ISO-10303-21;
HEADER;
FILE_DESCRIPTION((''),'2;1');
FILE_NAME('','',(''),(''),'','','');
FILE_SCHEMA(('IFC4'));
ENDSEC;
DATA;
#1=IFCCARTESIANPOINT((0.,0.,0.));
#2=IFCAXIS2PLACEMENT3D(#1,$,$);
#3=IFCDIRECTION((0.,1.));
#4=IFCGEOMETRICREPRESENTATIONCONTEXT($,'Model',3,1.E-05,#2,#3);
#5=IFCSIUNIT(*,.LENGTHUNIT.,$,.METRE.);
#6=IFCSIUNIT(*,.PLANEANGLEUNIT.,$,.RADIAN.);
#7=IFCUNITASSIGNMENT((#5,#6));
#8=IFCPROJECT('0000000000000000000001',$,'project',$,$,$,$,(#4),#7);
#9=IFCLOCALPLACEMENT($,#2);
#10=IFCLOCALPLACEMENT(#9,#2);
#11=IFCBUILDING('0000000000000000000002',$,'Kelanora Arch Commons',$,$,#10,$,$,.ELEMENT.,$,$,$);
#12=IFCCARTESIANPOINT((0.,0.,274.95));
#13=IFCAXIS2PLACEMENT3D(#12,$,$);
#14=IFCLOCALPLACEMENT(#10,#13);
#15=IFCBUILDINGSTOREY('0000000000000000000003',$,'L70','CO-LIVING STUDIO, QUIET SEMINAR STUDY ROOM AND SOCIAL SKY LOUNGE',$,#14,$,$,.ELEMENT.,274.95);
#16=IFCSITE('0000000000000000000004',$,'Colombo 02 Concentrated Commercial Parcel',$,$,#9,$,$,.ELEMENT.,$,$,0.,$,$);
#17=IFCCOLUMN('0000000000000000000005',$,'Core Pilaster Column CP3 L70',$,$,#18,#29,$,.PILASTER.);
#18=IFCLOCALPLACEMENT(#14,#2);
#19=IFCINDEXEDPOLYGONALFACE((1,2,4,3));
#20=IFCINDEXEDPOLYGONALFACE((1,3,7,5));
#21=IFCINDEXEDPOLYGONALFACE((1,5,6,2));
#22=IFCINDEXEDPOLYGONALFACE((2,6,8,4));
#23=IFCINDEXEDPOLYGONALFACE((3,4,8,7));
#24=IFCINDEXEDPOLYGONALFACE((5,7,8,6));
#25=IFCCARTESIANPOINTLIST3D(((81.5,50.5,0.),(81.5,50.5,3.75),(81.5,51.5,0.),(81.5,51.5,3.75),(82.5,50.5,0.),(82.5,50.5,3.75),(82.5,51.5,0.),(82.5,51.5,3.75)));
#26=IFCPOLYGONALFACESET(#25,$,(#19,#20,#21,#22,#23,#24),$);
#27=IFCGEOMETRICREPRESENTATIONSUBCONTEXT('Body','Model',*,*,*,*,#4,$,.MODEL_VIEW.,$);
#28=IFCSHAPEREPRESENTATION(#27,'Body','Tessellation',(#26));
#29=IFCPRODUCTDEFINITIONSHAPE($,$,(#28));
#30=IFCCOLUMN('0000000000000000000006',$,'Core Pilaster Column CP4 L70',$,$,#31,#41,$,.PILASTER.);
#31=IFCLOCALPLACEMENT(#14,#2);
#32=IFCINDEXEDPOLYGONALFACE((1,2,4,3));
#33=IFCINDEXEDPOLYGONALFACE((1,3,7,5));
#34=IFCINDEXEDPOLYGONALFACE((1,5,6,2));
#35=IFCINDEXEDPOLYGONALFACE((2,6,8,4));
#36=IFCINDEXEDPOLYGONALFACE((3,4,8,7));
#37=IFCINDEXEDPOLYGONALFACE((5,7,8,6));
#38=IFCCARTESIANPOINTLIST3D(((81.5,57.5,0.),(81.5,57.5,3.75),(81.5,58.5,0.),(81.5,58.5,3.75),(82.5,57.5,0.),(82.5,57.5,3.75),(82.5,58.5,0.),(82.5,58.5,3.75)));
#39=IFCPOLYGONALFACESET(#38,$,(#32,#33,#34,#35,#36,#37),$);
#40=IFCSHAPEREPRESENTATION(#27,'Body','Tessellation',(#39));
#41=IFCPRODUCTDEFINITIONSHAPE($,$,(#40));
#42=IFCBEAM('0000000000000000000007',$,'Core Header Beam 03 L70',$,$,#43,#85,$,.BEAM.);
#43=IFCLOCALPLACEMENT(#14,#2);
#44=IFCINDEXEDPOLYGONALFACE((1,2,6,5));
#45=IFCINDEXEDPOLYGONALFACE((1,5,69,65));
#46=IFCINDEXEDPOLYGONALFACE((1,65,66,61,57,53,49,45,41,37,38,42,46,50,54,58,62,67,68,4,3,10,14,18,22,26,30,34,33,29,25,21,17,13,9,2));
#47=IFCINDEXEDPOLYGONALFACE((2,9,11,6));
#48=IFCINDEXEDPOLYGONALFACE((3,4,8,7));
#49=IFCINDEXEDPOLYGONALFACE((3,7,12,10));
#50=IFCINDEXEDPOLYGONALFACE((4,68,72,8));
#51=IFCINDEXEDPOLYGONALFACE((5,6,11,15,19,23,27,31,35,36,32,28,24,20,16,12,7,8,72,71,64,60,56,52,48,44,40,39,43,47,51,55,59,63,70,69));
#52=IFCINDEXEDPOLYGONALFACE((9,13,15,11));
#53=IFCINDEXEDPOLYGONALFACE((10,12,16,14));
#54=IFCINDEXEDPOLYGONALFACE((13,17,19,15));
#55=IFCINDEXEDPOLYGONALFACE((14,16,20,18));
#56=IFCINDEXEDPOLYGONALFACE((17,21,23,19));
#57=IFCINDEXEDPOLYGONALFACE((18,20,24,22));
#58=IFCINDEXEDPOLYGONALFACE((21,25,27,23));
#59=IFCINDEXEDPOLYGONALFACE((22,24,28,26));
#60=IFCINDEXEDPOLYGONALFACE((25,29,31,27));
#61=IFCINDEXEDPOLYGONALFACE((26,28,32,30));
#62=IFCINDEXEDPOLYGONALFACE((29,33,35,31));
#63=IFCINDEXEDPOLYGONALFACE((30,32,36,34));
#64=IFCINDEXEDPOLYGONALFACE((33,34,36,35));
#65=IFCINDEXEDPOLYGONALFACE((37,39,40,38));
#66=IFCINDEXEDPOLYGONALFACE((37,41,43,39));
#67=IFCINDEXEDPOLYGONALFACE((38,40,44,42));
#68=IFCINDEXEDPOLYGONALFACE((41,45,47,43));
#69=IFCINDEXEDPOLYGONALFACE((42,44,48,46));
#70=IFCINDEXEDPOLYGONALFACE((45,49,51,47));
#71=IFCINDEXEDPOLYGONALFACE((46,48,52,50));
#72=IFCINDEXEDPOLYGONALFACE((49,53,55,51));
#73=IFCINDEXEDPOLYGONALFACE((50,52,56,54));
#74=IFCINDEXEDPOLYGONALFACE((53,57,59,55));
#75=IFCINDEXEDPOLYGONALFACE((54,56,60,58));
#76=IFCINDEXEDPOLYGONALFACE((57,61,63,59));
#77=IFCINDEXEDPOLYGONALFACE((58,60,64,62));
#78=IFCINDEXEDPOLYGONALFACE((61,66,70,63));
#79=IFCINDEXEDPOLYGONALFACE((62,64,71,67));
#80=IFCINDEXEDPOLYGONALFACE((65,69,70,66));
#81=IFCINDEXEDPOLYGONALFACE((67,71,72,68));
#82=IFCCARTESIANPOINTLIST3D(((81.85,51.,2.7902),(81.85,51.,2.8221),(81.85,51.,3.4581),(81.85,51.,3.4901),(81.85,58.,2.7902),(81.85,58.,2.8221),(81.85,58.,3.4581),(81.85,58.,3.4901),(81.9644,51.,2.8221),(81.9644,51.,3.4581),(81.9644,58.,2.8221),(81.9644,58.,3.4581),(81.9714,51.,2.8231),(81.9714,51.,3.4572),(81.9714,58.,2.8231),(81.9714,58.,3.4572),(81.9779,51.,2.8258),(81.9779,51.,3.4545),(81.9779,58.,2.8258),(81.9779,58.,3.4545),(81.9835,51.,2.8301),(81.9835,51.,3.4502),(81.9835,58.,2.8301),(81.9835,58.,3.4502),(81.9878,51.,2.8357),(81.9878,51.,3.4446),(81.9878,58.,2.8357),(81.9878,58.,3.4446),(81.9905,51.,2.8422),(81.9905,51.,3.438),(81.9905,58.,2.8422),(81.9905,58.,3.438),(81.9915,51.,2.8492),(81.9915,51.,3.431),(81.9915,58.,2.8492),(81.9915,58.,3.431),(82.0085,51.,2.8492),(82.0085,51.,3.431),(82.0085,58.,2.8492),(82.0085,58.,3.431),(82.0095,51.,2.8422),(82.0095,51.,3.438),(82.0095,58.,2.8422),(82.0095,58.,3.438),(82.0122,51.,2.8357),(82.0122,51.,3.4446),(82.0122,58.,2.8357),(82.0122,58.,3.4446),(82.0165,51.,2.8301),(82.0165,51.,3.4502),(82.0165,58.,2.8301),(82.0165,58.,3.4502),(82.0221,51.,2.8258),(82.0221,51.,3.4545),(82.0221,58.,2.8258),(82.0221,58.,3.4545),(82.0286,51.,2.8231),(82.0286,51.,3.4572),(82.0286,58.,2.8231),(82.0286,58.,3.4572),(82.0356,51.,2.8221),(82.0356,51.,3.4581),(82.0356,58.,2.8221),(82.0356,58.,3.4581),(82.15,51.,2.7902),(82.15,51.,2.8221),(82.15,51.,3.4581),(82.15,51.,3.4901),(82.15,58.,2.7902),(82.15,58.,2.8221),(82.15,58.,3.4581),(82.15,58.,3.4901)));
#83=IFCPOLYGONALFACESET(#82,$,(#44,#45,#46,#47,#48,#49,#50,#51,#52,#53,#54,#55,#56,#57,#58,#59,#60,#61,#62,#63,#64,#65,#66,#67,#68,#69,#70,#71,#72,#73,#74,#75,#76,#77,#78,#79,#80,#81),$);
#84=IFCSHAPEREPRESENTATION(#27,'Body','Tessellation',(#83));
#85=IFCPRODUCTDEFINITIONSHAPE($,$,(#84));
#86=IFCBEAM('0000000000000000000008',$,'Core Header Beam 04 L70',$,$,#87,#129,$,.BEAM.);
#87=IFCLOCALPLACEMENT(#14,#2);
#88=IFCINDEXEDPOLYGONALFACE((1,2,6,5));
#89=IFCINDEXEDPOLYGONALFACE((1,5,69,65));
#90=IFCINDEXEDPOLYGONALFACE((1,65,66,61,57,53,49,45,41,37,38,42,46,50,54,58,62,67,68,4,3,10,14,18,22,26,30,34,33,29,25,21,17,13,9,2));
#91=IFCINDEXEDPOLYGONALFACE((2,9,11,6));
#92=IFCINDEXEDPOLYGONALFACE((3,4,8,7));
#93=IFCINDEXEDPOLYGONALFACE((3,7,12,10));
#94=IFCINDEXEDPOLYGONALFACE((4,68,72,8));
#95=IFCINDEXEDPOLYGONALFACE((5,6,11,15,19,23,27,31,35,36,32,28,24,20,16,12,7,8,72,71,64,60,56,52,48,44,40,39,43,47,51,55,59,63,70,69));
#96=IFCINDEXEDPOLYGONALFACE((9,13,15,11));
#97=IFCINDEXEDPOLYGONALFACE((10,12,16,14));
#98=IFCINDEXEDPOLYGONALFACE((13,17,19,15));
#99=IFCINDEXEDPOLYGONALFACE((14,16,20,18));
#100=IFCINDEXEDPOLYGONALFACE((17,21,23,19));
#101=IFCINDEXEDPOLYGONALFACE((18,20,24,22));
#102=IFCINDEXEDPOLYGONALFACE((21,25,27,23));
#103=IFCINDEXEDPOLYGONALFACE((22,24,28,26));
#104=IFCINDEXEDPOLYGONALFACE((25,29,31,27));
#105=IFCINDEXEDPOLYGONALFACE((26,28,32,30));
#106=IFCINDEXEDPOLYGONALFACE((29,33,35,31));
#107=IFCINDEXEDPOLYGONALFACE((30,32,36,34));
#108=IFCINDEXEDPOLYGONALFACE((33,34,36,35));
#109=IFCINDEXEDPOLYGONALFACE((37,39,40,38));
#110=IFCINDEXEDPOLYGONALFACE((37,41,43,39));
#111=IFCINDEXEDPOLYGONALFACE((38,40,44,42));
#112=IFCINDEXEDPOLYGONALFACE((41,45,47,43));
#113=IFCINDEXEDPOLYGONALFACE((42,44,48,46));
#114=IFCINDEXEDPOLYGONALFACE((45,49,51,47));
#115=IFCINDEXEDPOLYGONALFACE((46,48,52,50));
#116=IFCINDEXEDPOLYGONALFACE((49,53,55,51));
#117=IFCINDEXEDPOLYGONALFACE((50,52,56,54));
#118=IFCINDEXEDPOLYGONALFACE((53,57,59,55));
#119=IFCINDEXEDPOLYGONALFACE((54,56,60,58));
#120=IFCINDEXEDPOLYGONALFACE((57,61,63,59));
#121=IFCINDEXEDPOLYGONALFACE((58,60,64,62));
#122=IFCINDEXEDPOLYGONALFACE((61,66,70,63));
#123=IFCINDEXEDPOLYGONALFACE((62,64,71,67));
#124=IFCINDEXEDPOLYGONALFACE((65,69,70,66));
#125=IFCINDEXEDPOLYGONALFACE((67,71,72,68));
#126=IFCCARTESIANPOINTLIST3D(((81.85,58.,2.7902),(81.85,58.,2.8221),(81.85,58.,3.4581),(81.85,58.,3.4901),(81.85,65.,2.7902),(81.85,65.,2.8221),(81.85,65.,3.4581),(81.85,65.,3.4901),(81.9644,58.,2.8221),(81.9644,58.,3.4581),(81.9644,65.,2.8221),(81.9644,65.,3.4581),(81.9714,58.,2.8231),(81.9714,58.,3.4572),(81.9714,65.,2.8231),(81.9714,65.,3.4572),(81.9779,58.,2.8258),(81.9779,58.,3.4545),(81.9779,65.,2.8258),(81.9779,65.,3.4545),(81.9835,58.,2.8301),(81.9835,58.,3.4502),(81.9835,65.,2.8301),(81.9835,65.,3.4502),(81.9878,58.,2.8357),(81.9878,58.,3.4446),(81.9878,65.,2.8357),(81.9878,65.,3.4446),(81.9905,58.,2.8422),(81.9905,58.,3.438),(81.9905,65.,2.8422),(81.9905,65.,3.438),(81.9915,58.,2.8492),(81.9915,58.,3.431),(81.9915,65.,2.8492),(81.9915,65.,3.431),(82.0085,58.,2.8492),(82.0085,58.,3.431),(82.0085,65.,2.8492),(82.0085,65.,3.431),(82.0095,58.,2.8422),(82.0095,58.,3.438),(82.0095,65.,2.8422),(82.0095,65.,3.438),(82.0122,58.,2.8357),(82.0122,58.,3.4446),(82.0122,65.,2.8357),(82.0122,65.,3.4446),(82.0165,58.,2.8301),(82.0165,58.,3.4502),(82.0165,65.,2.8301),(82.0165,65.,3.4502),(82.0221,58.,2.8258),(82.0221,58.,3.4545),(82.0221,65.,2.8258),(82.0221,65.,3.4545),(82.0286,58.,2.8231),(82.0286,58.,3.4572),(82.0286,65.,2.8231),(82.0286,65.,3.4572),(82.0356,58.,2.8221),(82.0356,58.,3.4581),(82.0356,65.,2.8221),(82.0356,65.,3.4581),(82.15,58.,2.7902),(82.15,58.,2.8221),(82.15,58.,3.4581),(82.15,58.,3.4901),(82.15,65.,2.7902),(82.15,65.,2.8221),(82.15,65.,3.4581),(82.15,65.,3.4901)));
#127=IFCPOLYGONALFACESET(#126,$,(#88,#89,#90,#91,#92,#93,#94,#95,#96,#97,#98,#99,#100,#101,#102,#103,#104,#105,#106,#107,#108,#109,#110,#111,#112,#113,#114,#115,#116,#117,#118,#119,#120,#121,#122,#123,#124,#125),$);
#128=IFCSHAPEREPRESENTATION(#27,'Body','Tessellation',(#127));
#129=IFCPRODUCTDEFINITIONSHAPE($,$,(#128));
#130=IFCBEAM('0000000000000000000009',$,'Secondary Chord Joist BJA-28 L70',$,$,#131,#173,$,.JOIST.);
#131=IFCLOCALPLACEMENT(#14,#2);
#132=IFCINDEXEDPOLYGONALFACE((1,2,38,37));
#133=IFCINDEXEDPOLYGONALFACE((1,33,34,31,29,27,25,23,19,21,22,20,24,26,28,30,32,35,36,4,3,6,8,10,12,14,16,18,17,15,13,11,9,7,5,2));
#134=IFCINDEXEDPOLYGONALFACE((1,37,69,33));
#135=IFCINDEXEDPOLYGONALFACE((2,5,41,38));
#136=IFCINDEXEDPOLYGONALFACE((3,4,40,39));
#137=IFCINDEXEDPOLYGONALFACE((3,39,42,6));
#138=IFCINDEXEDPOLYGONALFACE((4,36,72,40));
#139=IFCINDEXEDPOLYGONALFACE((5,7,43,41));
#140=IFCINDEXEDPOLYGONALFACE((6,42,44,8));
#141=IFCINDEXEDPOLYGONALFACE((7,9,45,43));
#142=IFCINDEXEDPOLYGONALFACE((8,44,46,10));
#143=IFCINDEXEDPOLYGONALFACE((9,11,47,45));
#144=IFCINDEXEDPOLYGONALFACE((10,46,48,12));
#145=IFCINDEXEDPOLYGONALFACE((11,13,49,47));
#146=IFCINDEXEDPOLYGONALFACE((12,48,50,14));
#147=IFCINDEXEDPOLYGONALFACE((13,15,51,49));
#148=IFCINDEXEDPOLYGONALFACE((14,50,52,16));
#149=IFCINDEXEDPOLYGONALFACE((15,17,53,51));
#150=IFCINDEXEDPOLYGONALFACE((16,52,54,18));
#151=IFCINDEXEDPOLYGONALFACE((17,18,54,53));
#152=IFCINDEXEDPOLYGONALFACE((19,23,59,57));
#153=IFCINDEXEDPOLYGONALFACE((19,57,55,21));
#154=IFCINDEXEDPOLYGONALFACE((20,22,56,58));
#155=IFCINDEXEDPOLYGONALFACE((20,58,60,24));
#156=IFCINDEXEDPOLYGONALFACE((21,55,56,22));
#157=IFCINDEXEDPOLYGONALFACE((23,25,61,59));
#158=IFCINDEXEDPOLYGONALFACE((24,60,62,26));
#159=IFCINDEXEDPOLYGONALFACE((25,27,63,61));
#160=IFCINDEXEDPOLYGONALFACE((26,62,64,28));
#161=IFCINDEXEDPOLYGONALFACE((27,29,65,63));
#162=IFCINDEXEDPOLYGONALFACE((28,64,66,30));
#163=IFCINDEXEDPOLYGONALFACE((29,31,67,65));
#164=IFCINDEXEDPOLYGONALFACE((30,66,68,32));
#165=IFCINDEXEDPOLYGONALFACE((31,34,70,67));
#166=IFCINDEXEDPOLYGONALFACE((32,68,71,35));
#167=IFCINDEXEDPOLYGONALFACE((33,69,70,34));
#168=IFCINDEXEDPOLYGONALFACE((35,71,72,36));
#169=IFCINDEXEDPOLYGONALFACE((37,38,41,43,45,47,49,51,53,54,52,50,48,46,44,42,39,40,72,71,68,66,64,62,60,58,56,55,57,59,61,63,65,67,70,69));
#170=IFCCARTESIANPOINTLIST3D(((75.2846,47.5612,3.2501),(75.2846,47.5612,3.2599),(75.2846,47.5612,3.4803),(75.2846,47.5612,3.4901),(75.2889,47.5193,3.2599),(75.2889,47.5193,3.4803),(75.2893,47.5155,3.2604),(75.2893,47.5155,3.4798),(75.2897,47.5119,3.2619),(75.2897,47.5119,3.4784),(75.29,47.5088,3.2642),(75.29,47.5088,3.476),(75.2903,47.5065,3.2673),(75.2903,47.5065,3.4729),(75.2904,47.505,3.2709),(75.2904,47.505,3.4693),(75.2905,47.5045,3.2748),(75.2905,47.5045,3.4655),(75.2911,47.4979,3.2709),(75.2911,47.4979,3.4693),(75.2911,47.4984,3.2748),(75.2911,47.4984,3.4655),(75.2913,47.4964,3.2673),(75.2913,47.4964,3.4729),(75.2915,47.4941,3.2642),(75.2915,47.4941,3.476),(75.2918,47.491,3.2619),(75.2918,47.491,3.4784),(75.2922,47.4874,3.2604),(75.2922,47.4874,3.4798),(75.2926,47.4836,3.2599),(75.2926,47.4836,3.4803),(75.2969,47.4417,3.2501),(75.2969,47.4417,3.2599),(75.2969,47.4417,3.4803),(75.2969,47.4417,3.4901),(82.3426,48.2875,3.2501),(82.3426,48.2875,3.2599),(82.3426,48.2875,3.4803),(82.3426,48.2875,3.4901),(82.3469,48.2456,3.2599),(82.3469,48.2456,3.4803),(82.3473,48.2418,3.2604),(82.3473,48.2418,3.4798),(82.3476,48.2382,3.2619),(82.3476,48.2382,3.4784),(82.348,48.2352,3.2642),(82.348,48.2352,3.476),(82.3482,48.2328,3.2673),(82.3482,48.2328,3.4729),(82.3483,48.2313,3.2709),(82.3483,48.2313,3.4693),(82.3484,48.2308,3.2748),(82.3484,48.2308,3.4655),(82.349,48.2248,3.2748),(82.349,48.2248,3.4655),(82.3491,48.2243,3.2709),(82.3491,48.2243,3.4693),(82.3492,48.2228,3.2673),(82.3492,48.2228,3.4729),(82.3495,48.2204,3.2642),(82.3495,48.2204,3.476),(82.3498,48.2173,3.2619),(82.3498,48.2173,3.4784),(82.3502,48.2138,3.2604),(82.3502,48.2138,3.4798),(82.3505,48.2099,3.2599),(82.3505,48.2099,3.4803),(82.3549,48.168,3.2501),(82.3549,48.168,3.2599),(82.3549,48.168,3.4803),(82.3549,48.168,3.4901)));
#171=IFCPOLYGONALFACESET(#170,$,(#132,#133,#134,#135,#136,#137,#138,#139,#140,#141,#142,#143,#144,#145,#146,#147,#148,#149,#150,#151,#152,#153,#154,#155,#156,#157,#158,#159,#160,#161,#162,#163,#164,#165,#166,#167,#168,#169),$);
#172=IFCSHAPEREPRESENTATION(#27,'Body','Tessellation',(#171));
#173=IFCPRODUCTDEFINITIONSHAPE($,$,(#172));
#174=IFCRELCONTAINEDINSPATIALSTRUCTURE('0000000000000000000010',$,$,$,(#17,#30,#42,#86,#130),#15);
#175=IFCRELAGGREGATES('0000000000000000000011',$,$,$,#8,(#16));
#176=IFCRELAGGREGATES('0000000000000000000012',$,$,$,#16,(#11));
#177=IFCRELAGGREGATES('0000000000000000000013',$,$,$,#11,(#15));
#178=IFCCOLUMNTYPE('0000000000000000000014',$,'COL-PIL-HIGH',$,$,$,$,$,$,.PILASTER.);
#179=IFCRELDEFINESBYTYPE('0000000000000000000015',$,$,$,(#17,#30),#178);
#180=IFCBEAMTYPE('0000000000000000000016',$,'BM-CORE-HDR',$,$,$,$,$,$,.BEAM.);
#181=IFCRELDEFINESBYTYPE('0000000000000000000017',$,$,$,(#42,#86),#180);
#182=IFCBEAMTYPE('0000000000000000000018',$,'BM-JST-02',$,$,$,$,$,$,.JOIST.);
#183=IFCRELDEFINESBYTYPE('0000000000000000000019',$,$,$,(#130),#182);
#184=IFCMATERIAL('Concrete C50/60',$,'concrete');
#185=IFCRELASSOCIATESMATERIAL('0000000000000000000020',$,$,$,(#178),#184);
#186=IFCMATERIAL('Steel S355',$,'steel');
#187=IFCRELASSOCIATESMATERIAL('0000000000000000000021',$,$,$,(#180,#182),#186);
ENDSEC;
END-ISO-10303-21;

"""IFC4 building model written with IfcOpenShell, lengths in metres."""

from ifc_helpers import new_model, si_unit, direction, frame, origin, origin_2d, place, context, subcontext, project, spatial, rectangle, i_section, extrude, material, material_profile, profile_set, type_object, element, save


model = new_model("IFC4")

# Units and contexts
model_context = context("Model", 3, precision=1e-05, world=origin(), true_north=direction((0.0, 1.0)))
body_context = subcontext(model_context, "Body", "Model", "MODEL_VIEW")
ifc_project = project(units=[si_unit("LENGTHUNIT", "METRE"), si_unit("PLANEANGLEUNIT", "RADIAN")], contexts=[model_context])

# Site, building, storey
site_placement = place(None, origin())
site = spatial("IfcSite", under=ifc_project, at=site_placement, Name="Colombo 02 Concentrated Commercial Parcel", CompositionType="ELEMENT", RefElevation=0.0)
building_placement = place(site_placement, origin())
building = spatial("IfcBuilding", under=site, at=building_placement, Name="Kelanora Arch Commons", CompositionType="ELEMENT")
storey_placement = place(building_placement, frame((0.0, 0.0, 274.95)))
storey = spatial("IfcBuildingStorey", under=building, at=storey_placement, Name="L70", Description="CO-LIVING STUDIO, QUIET SEMINAR STUDY ROOM AND SOCIAL SKY LOUNGE", CompositionType="ELEMENT", Elevation=274.95)

# Columns
ifc_material_1 = material(Name="Concrete C50/60", Category="concrete")
ifc_material_profile_1 = material_profile(ifc_material_1, rectangle(XDim=1.0, YDim=1.0, at=origin_2d()), Name="RC1000x1000")
ifc_profile_set_1 = profile_set([ifc_material_profile_1], Name="Concrete C50/60")
column_type = type_object("IfcColumnType", Name="COL-PIL-HIGH", PredefinedType="PILASTER", material=ifc_profile_set_1)
for number, where, z_axis, x_axis, name in (
    (1, (82.0, 51.0, 0.0), (0.0, 0.0, 1.0), (1.0, 0.0, 0.0), "Core Pilaster Column CP3 L70"),
    (2, (82.0, 58.0, 0.0), (0.0, 0.0, 1.0), (1.0, 0.0, 0.0), "Core Pilaster Column CP4 L70"),
):
    element("IfcColumn", number, at=place(storey_placement, frame(where, z_axis=z_axis, x_axis=x_axis)), inside=storey, type_object=column_type, Name=name, PredefinedType="PILASTER", context=body_context, shape_type="SweptSolid", body=[
        extrude(rectangle(XDim=1.0, YDim=1.0, at=origin_2d()), origin(), (0.0, 0.0, 1.0), 3.75),
    ])

# Beams
ifc_material_2 = material(Name="Steel S355", Category="steel")
ifc_material_profile_2 = material_profile(ifc_material_2, i_section(OverallWidth=0.3, OverallDepth=0.7, WebThickness=0.0171, FlangeThickness=0.032, FilletRadius=0.0271, at=origin_2d()), Name="HEB700")
ifc_profile_set_2 = profile_set([ifc_material_profile_2], Name="Steel S355")
beam_type_1 = type_object("IfcBeamType", Name="BM-CORE-HDR", PredefinedType="BEAM", material=ifc_profile_set_2)
for number, where, z_axis, x_axis, name in (
    (3, (82.0, 51.0, 3.1401), (0.0, 1.0, 0.0), (-1.0, 0.0, 0.0), "Core Header Beam 03 L70"),
    (4, (82.0, 58.0, 3.1401), (0.0, 1.0, 0.0), (-1.0, 0.0, 0.0), "Core Header Beam 04 L70"),
):
    element("IfcBeam", number, at=place(storey_placement, frame(where, z_axis=z_axis, x_axis=x_axis)), inside=storey, type_object=beam_type_1, Name=name, PredefinedType="BEAM", context=body_context, shape_type="SweptSolid", body=[
        extrude(i_section(OverallWidth=0.3, OverallDepth=0.7, WebThickness=0.0171, FlangeThickness=0.032, FilletRadius=0.0271, at=origin_2d()), origin(), (0.0, 0.0, 1.0), 7.0),
    ])
ifc_material_profile_3 = material_profile(ifc_material_2, i_section(OverallWidth=0.1201, OverallDepth=0.24, WebThickness=0.0061, FlangeThickness=0.0098, FilletRadius=0.0149, at=origin_2d()), Name="IPE240")
ifc_profile_set_3 = profile_set([ifc_material_profile_3], Name="Steel S355")
beam_type_2 = type_object("IfcBeamType", Name="BM-JST-02", PredefinedType="JOIST", material=ifc_profile_set_3)
beam_1_placement = place(storey_placement, frame((75.2908, 47.5015, 3.3701), z_axis=(0.994747, 0.102369, 0.0), x_axis=(-0.102369, 0.994747, 0.0)))
element("IfcBeam", 5, at=beam_1_placement, inside=storey, type_object=beam_type_2, Name="Secondary Chord Joist BJA-28 L70", PredefinedType="JOIST", context=body_context, shape_type="SweptSolid", body=[
    extrude(i_section(OverallWidth=0.1201, OverallDepth=0.24, WebThickness=0.0061, FlangeThickness=0.0098, FilletRadius=0.0149, at=origin_2d()), origin(), (0.0, 0.0, 1.0), 7.0952),
])

save(model, "model.ifc")
